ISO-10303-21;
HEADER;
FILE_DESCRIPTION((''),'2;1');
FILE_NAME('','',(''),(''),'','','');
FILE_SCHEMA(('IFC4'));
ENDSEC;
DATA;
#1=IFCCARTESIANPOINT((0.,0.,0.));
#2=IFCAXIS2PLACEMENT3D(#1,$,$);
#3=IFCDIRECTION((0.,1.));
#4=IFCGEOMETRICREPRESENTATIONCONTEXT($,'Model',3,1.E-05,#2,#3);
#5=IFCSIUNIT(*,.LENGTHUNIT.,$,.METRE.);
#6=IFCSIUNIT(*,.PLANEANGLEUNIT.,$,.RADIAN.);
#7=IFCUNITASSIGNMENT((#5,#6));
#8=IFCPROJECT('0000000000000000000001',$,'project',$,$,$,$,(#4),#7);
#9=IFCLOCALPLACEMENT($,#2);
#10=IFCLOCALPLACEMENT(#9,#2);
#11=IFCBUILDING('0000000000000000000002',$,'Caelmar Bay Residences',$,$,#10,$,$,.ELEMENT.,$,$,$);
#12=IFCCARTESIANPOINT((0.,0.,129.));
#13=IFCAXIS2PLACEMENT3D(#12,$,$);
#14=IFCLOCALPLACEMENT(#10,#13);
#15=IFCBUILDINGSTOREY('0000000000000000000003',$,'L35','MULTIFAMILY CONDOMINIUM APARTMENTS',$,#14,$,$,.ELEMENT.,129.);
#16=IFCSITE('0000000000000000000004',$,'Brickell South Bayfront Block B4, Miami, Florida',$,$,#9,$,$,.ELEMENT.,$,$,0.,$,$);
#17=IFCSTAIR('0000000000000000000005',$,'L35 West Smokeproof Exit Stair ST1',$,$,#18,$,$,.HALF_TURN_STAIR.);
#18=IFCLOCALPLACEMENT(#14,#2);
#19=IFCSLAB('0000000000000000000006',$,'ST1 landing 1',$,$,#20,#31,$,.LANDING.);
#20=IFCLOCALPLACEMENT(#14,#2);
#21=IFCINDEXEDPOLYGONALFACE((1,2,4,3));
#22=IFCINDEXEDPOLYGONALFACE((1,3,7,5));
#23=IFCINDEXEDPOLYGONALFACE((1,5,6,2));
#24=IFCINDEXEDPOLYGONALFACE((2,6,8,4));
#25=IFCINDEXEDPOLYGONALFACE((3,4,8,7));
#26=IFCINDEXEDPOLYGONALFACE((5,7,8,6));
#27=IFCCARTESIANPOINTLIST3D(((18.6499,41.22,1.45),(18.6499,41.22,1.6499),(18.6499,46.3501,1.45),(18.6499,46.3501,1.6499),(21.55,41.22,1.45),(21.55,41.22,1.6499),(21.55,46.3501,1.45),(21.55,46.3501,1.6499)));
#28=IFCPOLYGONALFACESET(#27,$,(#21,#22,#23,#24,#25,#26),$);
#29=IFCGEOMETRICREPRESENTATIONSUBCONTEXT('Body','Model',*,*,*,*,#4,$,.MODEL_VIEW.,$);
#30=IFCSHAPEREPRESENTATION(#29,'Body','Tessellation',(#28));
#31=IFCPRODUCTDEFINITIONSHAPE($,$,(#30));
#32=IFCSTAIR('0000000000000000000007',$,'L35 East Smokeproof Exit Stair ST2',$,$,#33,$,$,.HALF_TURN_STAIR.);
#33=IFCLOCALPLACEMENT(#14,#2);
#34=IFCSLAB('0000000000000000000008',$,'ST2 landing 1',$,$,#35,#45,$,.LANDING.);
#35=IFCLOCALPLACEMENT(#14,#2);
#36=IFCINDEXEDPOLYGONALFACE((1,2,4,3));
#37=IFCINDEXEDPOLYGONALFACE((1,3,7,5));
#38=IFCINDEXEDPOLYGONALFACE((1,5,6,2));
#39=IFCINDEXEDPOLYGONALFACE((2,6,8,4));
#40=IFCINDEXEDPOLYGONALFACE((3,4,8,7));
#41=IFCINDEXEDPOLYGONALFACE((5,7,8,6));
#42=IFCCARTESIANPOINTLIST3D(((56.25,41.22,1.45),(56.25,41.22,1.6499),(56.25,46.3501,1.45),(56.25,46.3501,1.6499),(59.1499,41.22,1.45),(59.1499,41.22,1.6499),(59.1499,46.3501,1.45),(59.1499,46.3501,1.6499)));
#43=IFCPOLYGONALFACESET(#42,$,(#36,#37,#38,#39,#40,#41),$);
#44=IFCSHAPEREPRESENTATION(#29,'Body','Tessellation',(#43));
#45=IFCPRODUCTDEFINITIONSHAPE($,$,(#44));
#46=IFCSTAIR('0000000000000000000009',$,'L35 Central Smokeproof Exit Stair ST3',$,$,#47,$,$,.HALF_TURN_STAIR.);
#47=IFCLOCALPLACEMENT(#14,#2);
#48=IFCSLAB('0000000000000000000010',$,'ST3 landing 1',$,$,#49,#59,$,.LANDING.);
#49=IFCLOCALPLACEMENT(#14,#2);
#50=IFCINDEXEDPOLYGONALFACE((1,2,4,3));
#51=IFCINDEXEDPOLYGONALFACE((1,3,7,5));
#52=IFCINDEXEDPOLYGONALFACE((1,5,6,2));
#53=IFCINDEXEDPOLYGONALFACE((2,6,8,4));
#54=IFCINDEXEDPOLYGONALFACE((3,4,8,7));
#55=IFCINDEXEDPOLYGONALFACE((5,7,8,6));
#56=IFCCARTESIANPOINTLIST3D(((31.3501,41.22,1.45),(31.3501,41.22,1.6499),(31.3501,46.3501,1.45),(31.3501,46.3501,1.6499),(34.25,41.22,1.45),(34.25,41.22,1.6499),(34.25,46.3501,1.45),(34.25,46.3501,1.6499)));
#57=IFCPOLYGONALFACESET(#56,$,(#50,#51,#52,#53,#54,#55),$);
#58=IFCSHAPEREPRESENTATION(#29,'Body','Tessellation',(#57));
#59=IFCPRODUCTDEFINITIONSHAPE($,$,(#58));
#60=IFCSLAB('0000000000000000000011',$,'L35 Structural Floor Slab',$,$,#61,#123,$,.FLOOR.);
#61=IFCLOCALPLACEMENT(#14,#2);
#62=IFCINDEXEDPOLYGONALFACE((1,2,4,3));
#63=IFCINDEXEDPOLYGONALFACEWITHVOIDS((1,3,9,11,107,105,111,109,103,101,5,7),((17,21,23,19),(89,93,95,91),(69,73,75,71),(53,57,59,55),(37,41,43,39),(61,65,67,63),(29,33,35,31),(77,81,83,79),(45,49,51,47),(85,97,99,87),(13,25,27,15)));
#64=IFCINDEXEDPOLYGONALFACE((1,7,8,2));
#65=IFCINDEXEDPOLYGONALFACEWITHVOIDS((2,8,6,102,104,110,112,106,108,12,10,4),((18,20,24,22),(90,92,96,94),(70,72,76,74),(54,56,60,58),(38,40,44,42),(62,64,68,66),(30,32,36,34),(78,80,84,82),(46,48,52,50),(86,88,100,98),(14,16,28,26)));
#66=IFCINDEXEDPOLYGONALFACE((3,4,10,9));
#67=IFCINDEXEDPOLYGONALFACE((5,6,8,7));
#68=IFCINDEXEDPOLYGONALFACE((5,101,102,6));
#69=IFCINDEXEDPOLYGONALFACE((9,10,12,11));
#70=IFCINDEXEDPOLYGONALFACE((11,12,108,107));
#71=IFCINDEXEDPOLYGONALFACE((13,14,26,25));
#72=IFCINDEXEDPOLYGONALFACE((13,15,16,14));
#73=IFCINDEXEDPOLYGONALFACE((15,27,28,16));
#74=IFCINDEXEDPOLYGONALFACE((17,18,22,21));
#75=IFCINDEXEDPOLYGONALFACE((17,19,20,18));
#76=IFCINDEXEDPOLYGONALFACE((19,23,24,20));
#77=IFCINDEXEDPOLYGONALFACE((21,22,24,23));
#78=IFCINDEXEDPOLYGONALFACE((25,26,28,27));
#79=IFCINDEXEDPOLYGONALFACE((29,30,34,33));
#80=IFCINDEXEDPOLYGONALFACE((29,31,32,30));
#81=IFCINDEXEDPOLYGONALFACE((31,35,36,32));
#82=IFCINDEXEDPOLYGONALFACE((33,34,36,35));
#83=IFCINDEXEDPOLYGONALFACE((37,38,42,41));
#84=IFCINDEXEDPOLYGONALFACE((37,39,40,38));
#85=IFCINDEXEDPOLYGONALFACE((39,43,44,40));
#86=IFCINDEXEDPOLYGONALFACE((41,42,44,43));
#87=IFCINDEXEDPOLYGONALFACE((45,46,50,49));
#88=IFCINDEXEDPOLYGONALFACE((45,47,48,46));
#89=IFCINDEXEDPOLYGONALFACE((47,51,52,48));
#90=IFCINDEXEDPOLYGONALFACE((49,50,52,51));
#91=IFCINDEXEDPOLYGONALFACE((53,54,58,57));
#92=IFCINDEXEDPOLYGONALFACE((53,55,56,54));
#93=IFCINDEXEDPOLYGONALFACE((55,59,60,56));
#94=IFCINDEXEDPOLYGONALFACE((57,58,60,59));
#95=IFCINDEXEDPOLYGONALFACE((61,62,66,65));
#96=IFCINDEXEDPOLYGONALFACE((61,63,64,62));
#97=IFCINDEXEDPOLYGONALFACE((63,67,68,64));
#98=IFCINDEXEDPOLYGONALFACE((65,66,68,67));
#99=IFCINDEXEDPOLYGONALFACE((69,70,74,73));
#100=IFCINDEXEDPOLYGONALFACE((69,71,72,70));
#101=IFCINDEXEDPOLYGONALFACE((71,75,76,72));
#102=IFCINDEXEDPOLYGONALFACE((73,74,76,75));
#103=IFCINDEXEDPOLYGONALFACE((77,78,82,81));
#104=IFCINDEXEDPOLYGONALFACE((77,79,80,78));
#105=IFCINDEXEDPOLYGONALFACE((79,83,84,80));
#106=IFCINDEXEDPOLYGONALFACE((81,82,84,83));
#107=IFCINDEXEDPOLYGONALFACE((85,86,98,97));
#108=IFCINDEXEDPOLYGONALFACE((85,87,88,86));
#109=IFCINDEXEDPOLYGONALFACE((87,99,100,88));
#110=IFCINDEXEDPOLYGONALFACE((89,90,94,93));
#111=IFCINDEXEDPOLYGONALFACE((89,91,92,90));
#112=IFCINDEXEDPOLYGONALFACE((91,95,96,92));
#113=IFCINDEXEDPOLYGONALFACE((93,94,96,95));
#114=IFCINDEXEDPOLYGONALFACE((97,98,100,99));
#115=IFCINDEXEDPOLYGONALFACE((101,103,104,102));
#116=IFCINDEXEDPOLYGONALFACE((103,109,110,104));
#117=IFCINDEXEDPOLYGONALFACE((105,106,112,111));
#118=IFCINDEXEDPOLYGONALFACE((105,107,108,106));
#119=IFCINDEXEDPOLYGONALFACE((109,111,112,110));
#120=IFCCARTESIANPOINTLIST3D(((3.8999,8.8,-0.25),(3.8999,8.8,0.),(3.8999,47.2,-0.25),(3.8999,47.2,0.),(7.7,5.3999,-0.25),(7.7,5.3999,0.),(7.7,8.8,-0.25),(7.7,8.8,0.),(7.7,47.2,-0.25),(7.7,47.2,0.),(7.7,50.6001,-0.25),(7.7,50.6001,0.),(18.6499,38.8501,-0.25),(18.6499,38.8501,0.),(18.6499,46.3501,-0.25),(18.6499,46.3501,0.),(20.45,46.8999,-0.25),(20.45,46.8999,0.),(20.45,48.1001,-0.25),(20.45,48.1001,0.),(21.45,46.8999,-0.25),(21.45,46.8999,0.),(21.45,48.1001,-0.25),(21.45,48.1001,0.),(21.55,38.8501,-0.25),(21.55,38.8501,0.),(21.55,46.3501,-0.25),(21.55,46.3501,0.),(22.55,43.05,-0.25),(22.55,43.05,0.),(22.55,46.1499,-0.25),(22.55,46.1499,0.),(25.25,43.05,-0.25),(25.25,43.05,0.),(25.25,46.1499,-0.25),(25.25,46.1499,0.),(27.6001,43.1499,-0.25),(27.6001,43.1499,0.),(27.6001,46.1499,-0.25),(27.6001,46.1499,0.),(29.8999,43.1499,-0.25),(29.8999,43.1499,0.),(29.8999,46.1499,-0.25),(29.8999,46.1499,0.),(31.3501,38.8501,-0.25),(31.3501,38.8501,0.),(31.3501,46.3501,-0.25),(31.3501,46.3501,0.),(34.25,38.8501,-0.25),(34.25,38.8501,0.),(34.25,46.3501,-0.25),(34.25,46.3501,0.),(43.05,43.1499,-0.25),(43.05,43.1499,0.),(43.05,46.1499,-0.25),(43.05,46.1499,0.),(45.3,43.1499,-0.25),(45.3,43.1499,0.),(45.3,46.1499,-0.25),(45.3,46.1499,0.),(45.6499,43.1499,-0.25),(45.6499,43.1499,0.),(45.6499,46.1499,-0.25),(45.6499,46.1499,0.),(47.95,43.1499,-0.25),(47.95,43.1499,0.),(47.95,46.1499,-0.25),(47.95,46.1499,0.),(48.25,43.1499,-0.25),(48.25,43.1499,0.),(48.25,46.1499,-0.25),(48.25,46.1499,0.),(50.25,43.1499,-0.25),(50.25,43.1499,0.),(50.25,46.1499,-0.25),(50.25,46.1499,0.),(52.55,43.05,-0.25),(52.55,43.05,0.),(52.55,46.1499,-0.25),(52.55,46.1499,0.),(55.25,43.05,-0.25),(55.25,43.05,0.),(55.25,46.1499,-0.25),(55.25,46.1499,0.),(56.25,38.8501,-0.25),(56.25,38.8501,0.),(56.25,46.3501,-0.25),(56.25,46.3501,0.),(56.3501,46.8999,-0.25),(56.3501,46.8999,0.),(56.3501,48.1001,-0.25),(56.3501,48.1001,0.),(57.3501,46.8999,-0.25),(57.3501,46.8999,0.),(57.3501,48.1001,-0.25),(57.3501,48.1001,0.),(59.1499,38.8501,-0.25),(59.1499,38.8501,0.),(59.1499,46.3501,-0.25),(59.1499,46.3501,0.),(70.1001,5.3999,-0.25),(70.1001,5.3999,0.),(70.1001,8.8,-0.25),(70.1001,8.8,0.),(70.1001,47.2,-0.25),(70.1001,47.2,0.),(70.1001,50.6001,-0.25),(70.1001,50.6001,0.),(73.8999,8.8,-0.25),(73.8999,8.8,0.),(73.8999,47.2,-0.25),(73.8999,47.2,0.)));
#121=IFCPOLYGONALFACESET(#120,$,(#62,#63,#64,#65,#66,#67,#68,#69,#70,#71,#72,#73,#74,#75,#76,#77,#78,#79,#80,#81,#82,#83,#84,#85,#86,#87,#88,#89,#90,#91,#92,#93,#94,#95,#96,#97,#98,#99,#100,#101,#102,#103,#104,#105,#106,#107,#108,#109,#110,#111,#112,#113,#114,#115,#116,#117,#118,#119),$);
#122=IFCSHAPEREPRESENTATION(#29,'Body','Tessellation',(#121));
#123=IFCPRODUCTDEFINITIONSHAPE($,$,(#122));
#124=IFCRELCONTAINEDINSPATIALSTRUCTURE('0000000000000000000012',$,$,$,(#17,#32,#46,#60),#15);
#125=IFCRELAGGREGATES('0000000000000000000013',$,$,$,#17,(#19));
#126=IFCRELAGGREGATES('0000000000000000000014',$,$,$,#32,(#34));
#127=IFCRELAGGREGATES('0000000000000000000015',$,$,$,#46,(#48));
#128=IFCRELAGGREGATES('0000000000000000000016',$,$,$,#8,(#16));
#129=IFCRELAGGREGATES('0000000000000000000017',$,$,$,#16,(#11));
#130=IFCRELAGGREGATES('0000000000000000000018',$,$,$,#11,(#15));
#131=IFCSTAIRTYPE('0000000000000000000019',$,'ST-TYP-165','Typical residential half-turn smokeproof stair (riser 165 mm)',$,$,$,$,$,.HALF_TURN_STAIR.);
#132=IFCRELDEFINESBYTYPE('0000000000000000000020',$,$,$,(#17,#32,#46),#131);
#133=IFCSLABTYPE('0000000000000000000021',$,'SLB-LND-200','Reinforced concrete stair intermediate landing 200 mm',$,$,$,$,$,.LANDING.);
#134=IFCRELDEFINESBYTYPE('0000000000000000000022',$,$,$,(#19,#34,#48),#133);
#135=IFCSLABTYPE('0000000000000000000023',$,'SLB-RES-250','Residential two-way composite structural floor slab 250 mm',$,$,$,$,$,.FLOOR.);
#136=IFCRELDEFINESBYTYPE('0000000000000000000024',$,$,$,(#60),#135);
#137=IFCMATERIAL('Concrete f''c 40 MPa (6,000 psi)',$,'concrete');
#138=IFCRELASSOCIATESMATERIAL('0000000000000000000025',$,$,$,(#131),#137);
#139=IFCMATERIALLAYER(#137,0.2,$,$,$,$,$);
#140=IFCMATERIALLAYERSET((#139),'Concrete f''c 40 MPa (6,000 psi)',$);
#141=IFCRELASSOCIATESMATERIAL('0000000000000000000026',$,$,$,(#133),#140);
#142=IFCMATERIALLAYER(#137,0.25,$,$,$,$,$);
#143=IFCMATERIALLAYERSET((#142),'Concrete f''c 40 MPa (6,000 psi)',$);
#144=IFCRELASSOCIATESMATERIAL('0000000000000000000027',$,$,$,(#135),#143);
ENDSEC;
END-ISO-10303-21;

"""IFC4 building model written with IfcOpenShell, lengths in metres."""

from ifc_helpers import new_model, si_unit, direction, frame, origin, place, context, subcontext, project, spatial, polyline, outline, extrude, material, layer, layer_set, type_object, element, aggregate, save


model = new_model("IFC4")

# Units and contexts
model_context = context("Model", 3, precision=1e-05, world=origin(), true_north=direction((0.0, 1.0)))
body_context = subcontext(model_context, "Body", "Model", "MODEL_VIEW")
ifc_project = project(units=[si_unit("LENGTHUNIT", "METRE"), si_unit("PLANEANGLEUNIT", "RADIAN")], contexts=[model_context])

# Site, building, storey
site_placement = place(None, origin())
site = spatial("IfcSite", under=ifc_project, at=site_placement, Name="Brickell South Bayfront Block B4, Miami, Florida", CompositionType="ELEMENT", RefElevation=0.0)
building_placement = place(site_placement, origin())
building = spatial("IfcBuilding", under=site, at=building_placement, Name="Caelmar Bay Residences", CompositionType="ELEMENT")
storey_placement = place(building_placement, frame((0.0, 0.0, 129.0)))
storey = spatial("IfcBuildingStorey", under=building, at=storey_placement, Name="L35", Description="MULTIFAMILY CONDOMINIUM APARTMENTS", CompositionType="ELEMENT", Elevation=129.0)

# Shared definitions
ifc_material_1 = material(Name="Concrete f'c 40 MPa (6,000 psi)", Category="concrete")

# Stairs, slabs
stair_type = type_object("IfcStairType", Name="ST-TYP-165", Description="Typical residential half-turn smokeproof stair (riser 165 mm)", PredefinedType="HALF_TURN_STAIR", material=ifc_material_1)
stair_1_placement = place(storey_placement, origin())
stair_1 = element("IfcStair", 1, at=stair_1_placement, inside=storey, type_object=stair_type, Name="L35 West Smokeproof Exit Stair ST1", PredefinedType="HALF_TURN_STAIR")
ifc_layer_1 = layer(ifc_material_1, 0.2)
ifc_layer_set_1 = layer_set([ifc_layer_1], Name="Concrete f'c 40 MPa (6,000 psi)")
slab_type_1 = type_object("IfcSlabType", Name="SLB-LND-200", Description="Reinforced concrete stair intermediate landing 200 mm", PredefinedType="LANDING", material=ifc_layer_set_1)
slab_1_placement = place(storey_placement, frame((0.0, 0.0, 1.45)))
slab_1 = element("IfcSlab", 2, at=slab_1_placement, type_object=slab_type_1, Name="ST1 landing 1", PredefinedType="LANDING", context=body_context, shape_type="SweptSolid", body=[
    extrude(outline(polyline([(21.55, 41.22), (21.55, 46.3501), (18.6499, 46.3501), (18.6499, 41.22), (21.55, 41.22)])), origin(), (0.0, 0.0, 1.0), 0.2),
])
aggregate(stair_1, [slab_1])
stair_2_placement = place(storey_placement, origin())
stair_2 = element("IfcStair", 3, at=stair_2_placement, inside=storey, type_object=stair_type, Name="L35 East Smokeproof Exit Stair ST2", PredefinedType="HALF_TURN_STAIR")
slab_2_placement = place(storey_placement, frame((0.0, 0.0, 1.45)))
slab_2 = element("IfcSlab", 4, at=slab_2_placement, type_object=slab_type_1, Name="ST2 landing 1", PredefinedType="LANDING", context=body_context, shape_type="SweptSolid", body=[
    extrude(outline(polyline([(59.1499, 41.22), (59.1499, 46.3501), (56.25, 46.3501), (56.25, 41.22), (59.1499, 41.22)])), origin(), (0.0, 0.0, 1.0), 0.2),
])
aggregate(stair_2, [slab_2])
stair_3_placement = place(storey_placement, origin())
stair_3 = element("IfcStair", 5, at=stair_3_placement, inside=storey, type_object=stair_type, Name="L35 Central Smokeproof Exit Stair ST3", PredefinedType="HALF_TURN_STAIR")
slab_3_placement = place(storey_placement, frame((0.0, 0.0, 1.45)))
slab_3 = element("IfcSlab", 6, at=slab_3_placement, type_object=slab_type_1, Name="ST3 landing 1", PredefinedType="LANDING", context=body_context, shape_type="SweptSolid", body=[
    extrude(outline(polyline([(34.25, 41.22), (34.25, 46.3501), (31.3501, 46.3501), (31.3501, 41.22), (34.25, 41.22)])), origin(), (0.0, 0.0, 1.0), 0.2),
])
aggregate(stair_3, [slab_3])

# Slab
ifc_layer_2 = layer(ifc_material_1, 0.25)
ifc_layer_set_2 = layer_set([ifc_layer_2], Name="Concrete f'c 40 MPa (6,000 psi)")
slab_type_2 = type_object("IfcSlabType", Name="SLB-RES-250", Description="Residential two-way composite structural floor slab 250 mm", PredefinedType="FLOOR", material=ifc_layer_set_2)
slab_4_placement = place(storey_placement, frame((0.0, 0.0, -0.25)))
element("IfcSlab", 7, at=slab_4_placement, inside=storey, type_object=slab_type_2, Name="L35 Structural Floor Slab", PredefinedType="FLOOR", context=body_context, shape_type="SweptSolid", body=[
    extrude(outline(polyline([(7.7, 5.3999), (70.1001, 5.3999), (70.1001, 8.8), (73.8999, 8.8), (73.8999, 47.2), (70.1001, 47.2), (70.1001, 50.6001), (7.7, 50.6001), (7.7, 47.2), (3.8999, 47.2), (3.8999, 8.8), (7.7, 8.8), (7.7, 5.3999)]), holes=[polyline([(18.6499, 38.8501), (21.55, 38.8501), (21.55, 46.3501), (18.6499, 46.3501), (18.6499, 38.8501)]), polyline([(56.25, 38.8501), (59.1499, 38.8501), (59.1499, 46.3501), (56.25, 46.3501), (56.25, 38.8501)]), polyline([(31.3501, 38.8501), (34.25, 38.8501), (34.25, 46.3501), (31.3501, 46.3501), (31.3501, 38.8501)]), polyline([(22.55, 43.05), (25.25, 43.05), (25.25, 46.1499), (22.55, 46.1499), (22.55, 43.05)]), polyline([(52.55, 43.05), (55.25, 43.05), (55.25, 46.1499), (52.55, 46.1499), (52.55, 43.05)]), polyline([(43.05, 43.1499), (45.3, 43.1499), (45.3, 46.1499), (43.05, 46.1499), (43.05, 43.1499)]), polyline([(45.6499, 43.1499), (47.95, 43.1499), (47.95, 46.1499), (45.6499, 46.1499), (45.6499, 43.1499)]), polyline([(48.25, 43.1499), (50.25, 43.1499), (50.25, 46.1499), (48.25, 46.1499), (48.25, 43.1499)]), polyline([(27.6001, 43.1499), (29.8999, 43.1499), (29.8999, 46.1499), (27.6001, 46.1499), (27.6001, 43.1499)]), polyline([(20.45, 46.8999), (21.45, 46.8999), (21.45, 48.1001), (20.45, 48.1001), (20.45, 46.8999)]), polyline([(56.3501, 46.8999), (57.3501, 46.8999), (57.3501, 48.1001), (56.3501, 48.1001), (56.3501, 46.8999)])]), origin(), (0.0, 0.0, 1.0), 0.25),
])

save(model, "model.ifc")
